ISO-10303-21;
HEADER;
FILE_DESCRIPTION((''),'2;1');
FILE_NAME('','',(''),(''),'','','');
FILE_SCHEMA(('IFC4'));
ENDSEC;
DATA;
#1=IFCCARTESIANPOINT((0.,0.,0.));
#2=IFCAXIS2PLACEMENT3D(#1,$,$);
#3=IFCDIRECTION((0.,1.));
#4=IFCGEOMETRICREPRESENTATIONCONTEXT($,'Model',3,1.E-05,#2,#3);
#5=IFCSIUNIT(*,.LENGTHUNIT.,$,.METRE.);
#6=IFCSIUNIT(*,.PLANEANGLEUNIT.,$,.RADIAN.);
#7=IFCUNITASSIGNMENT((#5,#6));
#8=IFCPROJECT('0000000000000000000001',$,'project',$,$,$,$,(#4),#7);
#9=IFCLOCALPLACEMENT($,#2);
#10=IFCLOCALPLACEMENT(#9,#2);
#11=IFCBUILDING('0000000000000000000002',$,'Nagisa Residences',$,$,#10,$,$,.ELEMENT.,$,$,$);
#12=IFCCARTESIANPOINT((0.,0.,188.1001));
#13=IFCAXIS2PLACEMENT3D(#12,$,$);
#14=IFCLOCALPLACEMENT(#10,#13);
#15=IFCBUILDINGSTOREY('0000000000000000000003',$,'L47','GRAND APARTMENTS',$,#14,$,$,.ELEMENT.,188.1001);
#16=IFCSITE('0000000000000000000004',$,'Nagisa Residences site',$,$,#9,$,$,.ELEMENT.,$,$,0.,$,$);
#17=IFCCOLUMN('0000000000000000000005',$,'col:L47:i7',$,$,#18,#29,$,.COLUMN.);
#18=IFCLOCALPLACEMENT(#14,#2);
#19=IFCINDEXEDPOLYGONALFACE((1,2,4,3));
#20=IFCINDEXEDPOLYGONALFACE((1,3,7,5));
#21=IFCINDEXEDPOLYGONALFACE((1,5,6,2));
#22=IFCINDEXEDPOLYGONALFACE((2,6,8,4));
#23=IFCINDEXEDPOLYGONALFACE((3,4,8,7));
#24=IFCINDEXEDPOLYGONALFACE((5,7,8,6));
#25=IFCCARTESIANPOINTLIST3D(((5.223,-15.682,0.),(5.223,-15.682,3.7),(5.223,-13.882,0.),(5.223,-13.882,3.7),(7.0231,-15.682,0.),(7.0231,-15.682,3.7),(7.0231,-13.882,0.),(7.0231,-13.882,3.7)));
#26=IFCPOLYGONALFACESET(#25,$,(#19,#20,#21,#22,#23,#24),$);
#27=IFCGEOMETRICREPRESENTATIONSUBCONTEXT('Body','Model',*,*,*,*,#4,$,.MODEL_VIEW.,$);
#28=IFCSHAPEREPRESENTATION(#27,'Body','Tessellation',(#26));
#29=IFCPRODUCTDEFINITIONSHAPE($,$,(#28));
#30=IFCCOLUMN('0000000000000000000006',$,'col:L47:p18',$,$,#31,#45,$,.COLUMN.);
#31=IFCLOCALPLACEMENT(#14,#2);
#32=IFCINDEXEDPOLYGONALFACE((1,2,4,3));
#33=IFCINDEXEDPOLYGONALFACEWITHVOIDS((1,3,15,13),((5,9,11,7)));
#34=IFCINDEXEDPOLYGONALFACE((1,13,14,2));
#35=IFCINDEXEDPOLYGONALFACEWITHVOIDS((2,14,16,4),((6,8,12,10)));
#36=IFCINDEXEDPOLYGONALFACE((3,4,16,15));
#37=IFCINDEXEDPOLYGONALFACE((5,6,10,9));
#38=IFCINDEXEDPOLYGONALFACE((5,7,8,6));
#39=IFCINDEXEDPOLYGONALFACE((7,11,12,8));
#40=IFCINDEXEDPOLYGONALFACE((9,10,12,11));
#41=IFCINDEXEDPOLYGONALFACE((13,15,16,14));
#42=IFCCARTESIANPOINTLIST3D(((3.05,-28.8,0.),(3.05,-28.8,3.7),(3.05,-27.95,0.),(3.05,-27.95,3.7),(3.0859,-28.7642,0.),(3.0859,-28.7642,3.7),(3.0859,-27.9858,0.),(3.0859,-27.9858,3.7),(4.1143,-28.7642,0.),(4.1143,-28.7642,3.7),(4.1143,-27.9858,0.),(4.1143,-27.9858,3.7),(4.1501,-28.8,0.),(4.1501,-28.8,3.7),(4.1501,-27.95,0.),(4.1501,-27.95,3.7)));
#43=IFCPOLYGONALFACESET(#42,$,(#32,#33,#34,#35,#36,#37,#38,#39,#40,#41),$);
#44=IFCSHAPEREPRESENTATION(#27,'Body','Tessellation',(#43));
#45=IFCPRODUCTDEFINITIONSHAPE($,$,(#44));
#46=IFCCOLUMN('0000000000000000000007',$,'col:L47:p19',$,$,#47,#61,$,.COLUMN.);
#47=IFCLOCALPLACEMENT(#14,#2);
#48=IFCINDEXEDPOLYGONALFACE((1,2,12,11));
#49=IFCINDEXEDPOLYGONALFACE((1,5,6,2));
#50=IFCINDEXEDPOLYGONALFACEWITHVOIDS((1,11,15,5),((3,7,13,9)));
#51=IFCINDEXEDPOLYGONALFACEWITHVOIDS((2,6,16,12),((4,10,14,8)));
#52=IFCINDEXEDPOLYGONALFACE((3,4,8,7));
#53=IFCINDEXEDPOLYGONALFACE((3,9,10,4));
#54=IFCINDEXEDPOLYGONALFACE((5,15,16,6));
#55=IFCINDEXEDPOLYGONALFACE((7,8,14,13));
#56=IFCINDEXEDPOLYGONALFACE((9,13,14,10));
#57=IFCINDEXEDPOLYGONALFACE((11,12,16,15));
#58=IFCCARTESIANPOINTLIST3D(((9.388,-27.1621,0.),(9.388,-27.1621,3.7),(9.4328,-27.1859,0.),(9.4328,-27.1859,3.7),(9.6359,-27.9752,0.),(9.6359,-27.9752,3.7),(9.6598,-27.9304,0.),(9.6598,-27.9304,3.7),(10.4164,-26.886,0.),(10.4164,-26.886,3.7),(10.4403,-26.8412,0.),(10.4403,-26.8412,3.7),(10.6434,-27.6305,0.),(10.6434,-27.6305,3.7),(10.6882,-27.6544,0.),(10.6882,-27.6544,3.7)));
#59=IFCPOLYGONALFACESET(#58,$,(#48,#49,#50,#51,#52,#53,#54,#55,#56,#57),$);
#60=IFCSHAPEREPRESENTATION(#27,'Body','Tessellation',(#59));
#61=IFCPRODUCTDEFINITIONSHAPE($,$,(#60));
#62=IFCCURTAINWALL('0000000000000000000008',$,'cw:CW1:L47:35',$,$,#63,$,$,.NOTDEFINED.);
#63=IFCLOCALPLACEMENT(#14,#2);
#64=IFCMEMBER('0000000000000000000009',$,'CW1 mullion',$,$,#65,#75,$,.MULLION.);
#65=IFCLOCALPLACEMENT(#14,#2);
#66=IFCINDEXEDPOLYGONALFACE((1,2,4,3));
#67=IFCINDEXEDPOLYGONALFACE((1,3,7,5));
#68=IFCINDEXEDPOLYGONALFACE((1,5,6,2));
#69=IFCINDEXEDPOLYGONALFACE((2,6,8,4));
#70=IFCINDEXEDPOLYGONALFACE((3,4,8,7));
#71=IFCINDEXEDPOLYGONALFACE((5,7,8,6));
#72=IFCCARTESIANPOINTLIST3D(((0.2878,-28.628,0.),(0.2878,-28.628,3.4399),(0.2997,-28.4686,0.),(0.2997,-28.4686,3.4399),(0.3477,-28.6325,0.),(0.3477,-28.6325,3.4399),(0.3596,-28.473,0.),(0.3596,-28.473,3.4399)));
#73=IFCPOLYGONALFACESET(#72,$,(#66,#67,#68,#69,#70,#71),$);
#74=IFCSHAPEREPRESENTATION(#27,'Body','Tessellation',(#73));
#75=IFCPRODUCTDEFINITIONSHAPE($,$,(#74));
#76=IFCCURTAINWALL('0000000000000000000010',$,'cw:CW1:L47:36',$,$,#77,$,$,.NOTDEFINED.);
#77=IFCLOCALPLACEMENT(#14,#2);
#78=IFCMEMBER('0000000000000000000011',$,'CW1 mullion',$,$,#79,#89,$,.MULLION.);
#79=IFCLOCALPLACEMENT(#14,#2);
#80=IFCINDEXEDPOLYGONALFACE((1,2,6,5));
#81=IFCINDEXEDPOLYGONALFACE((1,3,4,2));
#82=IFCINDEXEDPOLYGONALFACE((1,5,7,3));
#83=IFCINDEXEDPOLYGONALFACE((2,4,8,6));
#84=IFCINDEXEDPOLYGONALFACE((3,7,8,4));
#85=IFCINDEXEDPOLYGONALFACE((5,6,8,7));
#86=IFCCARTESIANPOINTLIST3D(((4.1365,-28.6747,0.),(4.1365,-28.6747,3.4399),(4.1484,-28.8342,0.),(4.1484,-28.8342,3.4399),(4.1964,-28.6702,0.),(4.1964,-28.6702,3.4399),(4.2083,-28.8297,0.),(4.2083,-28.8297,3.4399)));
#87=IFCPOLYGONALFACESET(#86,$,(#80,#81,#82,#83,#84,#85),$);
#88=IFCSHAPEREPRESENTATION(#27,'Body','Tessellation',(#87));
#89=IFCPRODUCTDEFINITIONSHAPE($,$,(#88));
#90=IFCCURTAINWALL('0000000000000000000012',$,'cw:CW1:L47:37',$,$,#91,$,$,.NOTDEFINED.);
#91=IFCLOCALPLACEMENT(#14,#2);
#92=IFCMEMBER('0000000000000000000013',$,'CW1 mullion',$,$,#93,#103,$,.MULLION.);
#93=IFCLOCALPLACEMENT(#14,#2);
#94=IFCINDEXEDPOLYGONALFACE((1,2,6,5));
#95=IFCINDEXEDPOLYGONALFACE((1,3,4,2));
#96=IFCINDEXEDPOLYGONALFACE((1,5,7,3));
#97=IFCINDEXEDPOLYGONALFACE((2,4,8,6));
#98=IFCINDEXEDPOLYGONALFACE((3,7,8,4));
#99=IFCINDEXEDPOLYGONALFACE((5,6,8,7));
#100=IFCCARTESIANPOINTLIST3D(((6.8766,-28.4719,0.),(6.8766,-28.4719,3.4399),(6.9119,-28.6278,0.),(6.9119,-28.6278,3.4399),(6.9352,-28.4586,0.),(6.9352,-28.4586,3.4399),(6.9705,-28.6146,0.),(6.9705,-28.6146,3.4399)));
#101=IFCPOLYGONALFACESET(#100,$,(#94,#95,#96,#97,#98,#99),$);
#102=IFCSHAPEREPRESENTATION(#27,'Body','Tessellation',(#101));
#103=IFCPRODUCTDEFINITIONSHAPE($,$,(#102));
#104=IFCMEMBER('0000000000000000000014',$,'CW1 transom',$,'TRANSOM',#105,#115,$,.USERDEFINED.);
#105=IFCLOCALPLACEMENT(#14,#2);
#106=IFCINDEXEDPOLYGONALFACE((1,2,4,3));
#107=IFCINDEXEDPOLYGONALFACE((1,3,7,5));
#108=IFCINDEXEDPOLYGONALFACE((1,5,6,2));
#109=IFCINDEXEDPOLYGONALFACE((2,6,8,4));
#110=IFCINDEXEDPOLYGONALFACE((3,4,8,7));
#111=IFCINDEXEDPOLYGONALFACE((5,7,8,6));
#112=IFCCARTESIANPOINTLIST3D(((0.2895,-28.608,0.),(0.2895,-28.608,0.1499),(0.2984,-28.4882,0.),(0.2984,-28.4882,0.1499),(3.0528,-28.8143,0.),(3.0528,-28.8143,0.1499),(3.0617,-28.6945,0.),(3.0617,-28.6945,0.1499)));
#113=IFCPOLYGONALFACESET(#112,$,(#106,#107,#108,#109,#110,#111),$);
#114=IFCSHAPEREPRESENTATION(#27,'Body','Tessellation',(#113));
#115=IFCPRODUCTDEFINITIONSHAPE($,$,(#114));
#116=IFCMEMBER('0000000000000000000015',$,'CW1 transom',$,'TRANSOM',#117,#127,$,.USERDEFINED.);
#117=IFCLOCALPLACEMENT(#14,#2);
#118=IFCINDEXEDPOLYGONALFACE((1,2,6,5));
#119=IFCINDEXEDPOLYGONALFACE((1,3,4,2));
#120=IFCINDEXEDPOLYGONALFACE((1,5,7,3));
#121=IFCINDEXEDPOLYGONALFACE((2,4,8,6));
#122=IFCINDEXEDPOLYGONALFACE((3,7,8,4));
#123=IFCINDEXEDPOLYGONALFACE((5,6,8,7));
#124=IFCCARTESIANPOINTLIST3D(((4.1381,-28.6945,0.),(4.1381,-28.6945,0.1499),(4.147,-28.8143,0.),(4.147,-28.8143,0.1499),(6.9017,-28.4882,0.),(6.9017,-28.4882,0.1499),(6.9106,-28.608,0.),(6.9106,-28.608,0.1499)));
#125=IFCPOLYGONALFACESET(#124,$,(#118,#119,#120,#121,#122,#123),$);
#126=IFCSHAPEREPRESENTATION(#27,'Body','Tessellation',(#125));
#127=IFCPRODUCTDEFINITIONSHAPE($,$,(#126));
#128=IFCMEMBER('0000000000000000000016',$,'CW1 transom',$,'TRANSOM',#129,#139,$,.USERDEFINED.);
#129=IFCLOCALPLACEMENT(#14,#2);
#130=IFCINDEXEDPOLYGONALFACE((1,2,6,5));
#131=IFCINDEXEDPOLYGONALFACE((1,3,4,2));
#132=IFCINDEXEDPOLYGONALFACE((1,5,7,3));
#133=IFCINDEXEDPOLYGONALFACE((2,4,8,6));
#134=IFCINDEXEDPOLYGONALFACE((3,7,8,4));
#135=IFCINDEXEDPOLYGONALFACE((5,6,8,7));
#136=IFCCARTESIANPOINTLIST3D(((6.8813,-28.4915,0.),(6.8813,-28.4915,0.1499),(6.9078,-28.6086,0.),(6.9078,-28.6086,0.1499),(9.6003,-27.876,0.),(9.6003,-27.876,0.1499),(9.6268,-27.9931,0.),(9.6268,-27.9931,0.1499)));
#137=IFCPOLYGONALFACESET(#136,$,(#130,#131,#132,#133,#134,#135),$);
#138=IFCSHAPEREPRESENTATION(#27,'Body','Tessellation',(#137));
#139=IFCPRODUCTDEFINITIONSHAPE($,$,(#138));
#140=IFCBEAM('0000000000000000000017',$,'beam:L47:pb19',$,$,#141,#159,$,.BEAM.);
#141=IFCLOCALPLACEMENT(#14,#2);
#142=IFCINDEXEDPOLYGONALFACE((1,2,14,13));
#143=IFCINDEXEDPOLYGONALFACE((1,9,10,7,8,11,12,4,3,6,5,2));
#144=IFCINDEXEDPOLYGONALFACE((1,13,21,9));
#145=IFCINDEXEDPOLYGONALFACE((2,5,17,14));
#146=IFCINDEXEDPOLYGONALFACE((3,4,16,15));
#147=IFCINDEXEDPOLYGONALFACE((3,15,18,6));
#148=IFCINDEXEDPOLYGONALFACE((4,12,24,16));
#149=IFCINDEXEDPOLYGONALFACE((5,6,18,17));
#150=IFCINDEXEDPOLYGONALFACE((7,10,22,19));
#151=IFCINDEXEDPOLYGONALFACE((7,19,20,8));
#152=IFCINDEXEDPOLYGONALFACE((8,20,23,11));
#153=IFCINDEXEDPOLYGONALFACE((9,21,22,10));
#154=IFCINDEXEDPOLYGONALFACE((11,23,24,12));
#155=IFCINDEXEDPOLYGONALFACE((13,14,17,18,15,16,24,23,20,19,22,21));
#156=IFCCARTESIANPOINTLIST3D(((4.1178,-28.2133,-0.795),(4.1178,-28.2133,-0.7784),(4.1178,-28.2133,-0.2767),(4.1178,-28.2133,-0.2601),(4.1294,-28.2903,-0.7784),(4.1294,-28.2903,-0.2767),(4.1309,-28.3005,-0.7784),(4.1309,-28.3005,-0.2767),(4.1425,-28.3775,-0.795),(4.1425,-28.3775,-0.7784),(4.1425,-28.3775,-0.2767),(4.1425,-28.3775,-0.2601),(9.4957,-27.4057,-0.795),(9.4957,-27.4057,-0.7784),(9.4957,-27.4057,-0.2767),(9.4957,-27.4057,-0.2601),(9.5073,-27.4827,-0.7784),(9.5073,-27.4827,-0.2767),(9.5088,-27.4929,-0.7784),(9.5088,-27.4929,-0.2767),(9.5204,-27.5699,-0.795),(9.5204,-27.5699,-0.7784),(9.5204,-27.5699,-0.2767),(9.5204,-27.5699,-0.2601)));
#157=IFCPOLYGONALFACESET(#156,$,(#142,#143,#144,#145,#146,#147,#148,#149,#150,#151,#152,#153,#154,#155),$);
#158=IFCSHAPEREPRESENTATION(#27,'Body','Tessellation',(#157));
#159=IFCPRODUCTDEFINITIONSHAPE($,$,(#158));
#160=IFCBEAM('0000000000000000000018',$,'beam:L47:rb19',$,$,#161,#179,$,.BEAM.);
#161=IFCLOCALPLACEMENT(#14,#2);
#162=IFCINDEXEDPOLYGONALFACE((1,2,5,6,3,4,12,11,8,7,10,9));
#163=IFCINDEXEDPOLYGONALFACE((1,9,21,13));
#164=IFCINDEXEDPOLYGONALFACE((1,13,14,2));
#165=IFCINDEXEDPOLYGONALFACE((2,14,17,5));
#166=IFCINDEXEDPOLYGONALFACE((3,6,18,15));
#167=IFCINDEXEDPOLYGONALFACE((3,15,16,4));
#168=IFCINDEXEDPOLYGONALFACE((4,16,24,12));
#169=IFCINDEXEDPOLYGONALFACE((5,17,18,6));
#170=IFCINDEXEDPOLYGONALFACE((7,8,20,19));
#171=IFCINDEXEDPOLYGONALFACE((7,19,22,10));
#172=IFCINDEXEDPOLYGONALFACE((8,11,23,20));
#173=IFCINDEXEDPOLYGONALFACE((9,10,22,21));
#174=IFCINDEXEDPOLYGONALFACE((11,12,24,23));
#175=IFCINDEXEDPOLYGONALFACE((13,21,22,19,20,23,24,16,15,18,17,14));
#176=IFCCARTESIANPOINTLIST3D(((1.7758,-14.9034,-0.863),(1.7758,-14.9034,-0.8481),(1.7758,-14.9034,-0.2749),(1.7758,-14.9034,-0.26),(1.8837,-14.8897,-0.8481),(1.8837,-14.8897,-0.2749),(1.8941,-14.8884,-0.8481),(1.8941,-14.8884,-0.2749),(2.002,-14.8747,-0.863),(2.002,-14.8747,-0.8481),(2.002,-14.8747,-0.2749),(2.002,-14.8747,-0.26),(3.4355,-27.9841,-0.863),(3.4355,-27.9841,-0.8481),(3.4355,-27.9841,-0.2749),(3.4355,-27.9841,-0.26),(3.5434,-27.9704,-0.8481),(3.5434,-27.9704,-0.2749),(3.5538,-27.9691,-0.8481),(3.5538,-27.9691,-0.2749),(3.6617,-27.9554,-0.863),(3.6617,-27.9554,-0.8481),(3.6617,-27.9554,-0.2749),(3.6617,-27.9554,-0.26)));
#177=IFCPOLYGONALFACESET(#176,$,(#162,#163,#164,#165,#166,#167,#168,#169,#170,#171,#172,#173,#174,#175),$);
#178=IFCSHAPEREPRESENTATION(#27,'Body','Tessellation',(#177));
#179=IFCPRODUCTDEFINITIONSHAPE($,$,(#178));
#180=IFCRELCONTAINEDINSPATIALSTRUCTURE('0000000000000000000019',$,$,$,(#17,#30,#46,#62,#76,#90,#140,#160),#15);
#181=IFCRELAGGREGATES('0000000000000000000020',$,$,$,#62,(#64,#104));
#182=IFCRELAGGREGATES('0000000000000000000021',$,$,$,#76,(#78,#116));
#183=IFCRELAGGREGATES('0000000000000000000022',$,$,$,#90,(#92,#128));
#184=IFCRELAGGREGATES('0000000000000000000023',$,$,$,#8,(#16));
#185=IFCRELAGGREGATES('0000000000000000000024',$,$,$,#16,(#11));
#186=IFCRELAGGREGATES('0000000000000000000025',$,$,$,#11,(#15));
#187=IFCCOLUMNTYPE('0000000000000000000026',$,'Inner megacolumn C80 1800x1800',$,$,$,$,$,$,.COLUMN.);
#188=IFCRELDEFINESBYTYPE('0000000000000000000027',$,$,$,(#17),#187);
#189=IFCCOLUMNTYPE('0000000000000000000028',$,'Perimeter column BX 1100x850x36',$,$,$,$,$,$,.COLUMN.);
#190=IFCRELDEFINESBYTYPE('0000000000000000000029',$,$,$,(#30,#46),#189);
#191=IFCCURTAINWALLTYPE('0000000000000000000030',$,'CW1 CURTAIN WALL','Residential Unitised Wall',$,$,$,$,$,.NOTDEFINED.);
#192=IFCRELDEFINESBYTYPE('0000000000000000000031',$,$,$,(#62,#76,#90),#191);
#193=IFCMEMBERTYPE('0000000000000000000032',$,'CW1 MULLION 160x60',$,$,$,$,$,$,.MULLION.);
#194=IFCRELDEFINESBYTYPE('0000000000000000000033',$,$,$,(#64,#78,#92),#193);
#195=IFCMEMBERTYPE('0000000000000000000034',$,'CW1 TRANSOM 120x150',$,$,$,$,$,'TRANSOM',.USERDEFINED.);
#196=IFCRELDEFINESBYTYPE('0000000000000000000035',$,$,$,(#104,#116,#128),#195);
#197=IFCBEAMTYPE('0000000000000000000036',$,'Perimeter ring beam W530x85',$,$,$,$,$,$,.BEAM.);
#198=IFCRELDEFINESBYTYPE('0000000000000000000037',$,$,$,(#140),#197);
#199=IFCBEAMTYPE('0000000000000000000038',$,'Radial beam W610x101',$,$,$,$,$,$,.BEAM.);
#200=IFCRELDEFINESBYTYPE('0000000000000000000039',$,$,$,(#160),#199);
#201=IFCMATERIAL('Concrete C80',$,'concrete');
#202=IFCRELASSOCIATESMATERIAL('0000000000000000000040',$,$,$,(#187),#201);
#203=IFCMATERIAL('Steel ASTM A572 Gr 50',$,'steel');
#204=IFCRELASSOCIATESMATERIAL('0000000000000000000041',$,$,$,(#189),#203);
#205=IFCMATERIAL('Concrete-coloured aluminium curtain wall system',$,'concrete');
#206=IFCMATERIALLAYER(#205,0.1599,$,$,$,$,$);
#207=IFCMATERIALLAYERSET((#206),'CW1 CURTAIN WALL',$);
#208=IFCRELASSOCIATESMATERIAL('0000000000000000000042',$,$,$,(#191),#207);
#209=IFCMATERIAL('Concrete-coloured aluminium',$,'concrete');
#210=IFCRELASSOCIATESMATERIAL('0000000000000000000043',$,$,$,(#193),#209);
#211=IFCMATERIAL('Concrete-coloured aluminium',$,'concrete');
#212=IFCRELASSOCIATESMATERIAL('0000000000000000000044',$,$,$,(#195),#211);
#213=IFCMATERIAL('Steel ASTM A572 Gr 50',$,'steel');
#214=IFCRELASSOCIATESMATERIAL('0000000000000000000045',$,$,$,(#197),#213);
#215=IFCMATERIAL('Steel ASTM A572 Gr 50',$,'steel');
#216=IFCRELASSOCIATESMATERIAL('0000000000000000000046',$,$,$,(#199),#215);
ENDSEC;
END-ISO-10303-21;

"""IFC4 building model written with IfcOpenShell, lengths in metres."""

from ifc_helpers import new_model, si_unit, direction, frame, origin, origin_2d, place, context, subcontext, project, spatial, rectangle, hollow_rectangle, i_section, extrude, material, layer, layer_set, material_profile, profile_set, type_object, element, aggregate, save


model = new_model("IFC4")

# Units and contexts
model_context = context("Model", 3, precision=1e-05, world=origin(), true_north=direction((0.0, 1.0)))
body_context = subcontext(model_context, "Body", "Model", "MODEL_VIEW")
ifc_project = project(units=[si_unit("LENGTHUNIT", "METRE"), si_unit("PLANEANGLEUNIT", "RADIAN")], contexts=[model_context])

# Site, building, storey
site_placement = place(None, origin())
site = spatial("IfcSite", under=ifc_project, at=site_placement, Name="Nagisa Residences site", CompositionType="ELEMENT", RefElevation=0.0)
building_placement = place(site_placement, origin())
building = spatial("IfcBuilding", under=site, at=building_placement, Name="Nagisa Residences", CompositionType="ELEMENT")
storey_placement = place(building_placement, frame((0.0, 0.0, 188.1001)))
storey = spatial("IfcBuildingStorey", under=building, at=storey_placement, Name="L47", Description="GRAND APARTMENTS", CompositionType="ELEMENT", Elevation=188.1001)

# Columns
ifc_material_1 = material(Name="Concrete C80", Category="concrete")
ifc_material_profile_1 = material_profile(ifc_material_1, rectangle(XDim=1.8, YDim=1.8, at=origin_2d()), Name="C80 1800x1800")
ifc_profile_set_1 = profile_set([ifc_material_profile_1], Name="Concrete C80")
column_type_1 = type_object("IfcColumnType", Name="Inner megacolumn C80 1800x1800", PredefinedType="COLUMN", material=ifc_profile_set_1)
column_placement = place(storey_placement, frame((6.123, -14.782, 0.0), z_axis=(0.0, 0.0, 1.0), x_axis=(1.0, 0.0, 0.0)))
element("IfcColumn", 1, at=column_placement, inside=storey, type_object=column_type_1, Name="col:L47:i7", PredefinedType="COLUMN", context=body_context, shape_type="SweptSolid", body=[
    extrude(rectangle(XDim=1.8, YDim=1.8, at=origin_2d()), origin(), (0.0, 0.0, 1.0), 3.7),
])
ifc_material_2 = material(Name="Steel ASTM A572 Gr 50", Category="steel")
ifc_material_profile_2 = material_profile(ifc_material_2, hollow_rectangle(XDim=1.1001, YDim=0.8501, WallThickness=0.0359, at=origin_2d()), Name="BX 1100x850x36")
ifc_profile_set_2 = profile_set([ifc_material_profile_2], Name="Steel ASTM A572 Gr 50")
column_type_2 = type_object("IfcColumnType", Name="Perimeter column BX 1100x850x36", PredefinedType="COLUMN", material=ifc_profile_set_2)
for number, where, z_axis, x_axis, name in (
    (2, (3.6001, -28.375, 0.0), (0.0, 0.0, 1.0), (1.0, 0.0, 0.0), "col:L47:p18"),
    (3, (10.0381, -27.4082, 0.0), (0.0, 0.0, 1.0), (0.956525, 0.291652, 0.0), "col:L47:p19"),
):
    element("IfcColumn", number, at=place(storey_placement, frame(where, z_axis=z_axis, x_axis=x_axis)), inside=storey, type_object=column_type_2, Name=name, PredefinedType="COLUMN", context=body_context, shape_type="SweptSolid", body=[
        extrude(hollow_rectangle(XDim=1.1001, YDim=0.8501, WallThickness=0.0359, at=origin_2d()), origin(), (0.0, 0.0, 1.0), 3.7),
    ])

# Curtain walls, members
ifc_material_3 = material(Name="Concrete-coloured aluminium curtain wall system", Category="concrete")
ifc_layer_1 = layer(ifc_material_3, 0.1599)
ifc_layer_set_1 = layer_set([ifc_layer_1], Name="CW1 CURTAIN WALL")
curtain_wall_type = type_object("IfcCurtainWallType", Name="CW1 CURTAIN WALL", Description="Residential Unitised Wall", PredefinedType="NOTDEFINED", material=ifc_layer_set_1)
curtain_wall_1_placement = place(storey_placement, origin())
curtain_wall_1 = element("IfcCurtainWall", 4, at=curtain_wall_1_placement, inside=storey, type_object=curtain_wall_type, Name="cw:CW1:L47:35", PredefinedType="NOTDEFINED")
ifc_material_4 = material(Name="Concrete-coloured aluminium", Category="concrete")
ifc_material_profile_3 = material_profile(ifc_material_4, rectangle(XDim=0.1599, YDim=0.0601, at=origin_2d()), Name="CW1 MULLION 160x60")
ifc_profile_set_3 = profile_set([ifc_material_profile_3], Name="Concrete-coloured aluminium")
member_type_1 = type_object("IfcMemberType", Name="CW1 MULLION 160x60", PredefinedType="MULLION", material=ifc_profile_set_3)
member_1_placement = place(storey_placement, frame((0.3237, -28.5505, 0.0), z_axis=(0.0, 0.0, 1.0), x_axis=(0.074377, 0.99723, 0.0)))
member_1 = element("IfcMember", 5, at=member_1_placement, type_object=member_type_1, Name="CW1 mullion", PredefinedType="MULLION", context=body_context, shape_type="SweptSolid", body=[
    extrude(rectangle(XDim=0.1599, YDim=0.0601, at=origin_2d()), origin(), (0.0, 0.0, 1.0), 3.4399),
])
curtain_wall_2_placement = place(storey_placement, origin())
curtain_wall_2 = element("IfcCurtainWall", 6, at=curtain_wall_2_placement, inside=storey, type_object=curtain_wall_type, Name="cw:CW1:L47:36", PredefinedType="NOTDEFINED")
member_2_placement = place(storey_placement, frame((4.1724, -28.7522, 0.0), z_axis=(0.0, 0.0, 1.0), x_axis=(-0.074377, 0.99723, 0.0)))
member_2 = element("IfcMember", 7, at=member_2_placement, type_object=member_type_1, Name="CW1 mullion", PredefinedType="MULLION", context=body_context, shape_type="SweptSolid", body=[
    extrude(rectangle(XDim=0.1599, YDim=0.0601, at=origin_2d()), origin(), (0.0, 0.0, 1.0), 3.4399),
])
curtain_wall_3_placement = place(storey_placement, origin())
curtain_wall_3 = element("IfcCurtainWall", 8, at=curtain_wall_3_placement, inside=storey, type_object=curtain_wall_type, Name="cw:CW1:L47:37", PredefinedType="NOTDEFINED")
member_3_placement = place(storey_placement, frame((6.9236, -28.5432, 0.0), z_axis=(0.0, 0.0, 1.0), x_axis=(-0.220764, 0.975327, 0.0)))
member_3 = element("IfcMember", 9, at=member_3_placement, type_object=member_type_1, Name="CW1 mullion", PredefinedType="MULLION", context=body_context, shape_type="SweptSolid", body=[
    extrude(rectangle(XDim=0.1599, YDim=0.0601, at=origin_2d()), origin(), (0.0, 0.0, 1.0), 3.4399),
])

# Members
ifc_material_5 = material(Name="Concrete-coloured aluminium", Category="concrete")
ifc_material_profile_4 = material_profile(ifc_material_5, rectangle(XDim=0.1201, YDim=0.1499, at=origin_2d()), Name="CW1 TRANSOM 120x150")
ifc_profile_set_4 = profile_set([ifc_material_profile_4], Name="Concrete-coloured aluminium")
member_type_2 = type_object("IfcMemberType", Name="CW1 TRANSOM 120x150", ElementType="TRANSOM", PredefinedType="USERDEFINED", material=ifc_profile_set_4)
member_4_placement = place(storey_placement, frame((0.2939, -28.5481, 0.075), z_axis=(0.997225, -0.074446, 0.0), x_axis=(0.074446, 0.997225, 0.0)))
member_4 = element("IfcMember", 10, at=member_4_placement, type_object=member_type_2, Name="CW1 transom", ObjectType="TRANSOM", PredefinedType="USERDEFINED", context=body_context, shape_type="SweptSolid", body=[
    extrude(rectangle(XDim=0.1201, YDim=0.1499, at=origin_2d()), origin(), (0.0, 0.0, 1.0), 2.771),
])
member_5_placement = place(storey_placement, frame((4.1426, -28.7544, 0.075), z_axis=(0.997226, 0.07444, 0.0), x_axis=(-0.07444, 0.997226, 0.0)))
member_5 = element("IfcMember", 11, at=member_5_placement, type_object=member_type_2, Name="CW1 transom", ObjectType="TRANSOM", PredefinedType="USERDEFINED", context=body_context, shape_type="SweptSolid", body=[
    extrude(rectangle(XDim=0.1201, YDim=0.1499, at=origin_2d()), origin(), (0.0, 0.0, 1.0), 2.7712),
])
member_6_placement = place(storey_placement, frame((6.8945, -28.55, 0.075), z_axis=(0.975324, 0.220777, 0.0), x_axis=(-0.220777, 0.975324, 0.0)))
member_6 = element("IfcMember", 12, at=member_6_placement, type_object=member_type_2, Name="CW1 transom", ObjectType="TRANSOM", PredefinedType="USERDEFINED", context=body_context, shape_type="SweptSolid", body=[
    extrude(rectangle(XDim=0.1201, YDim=0.1499, at=origin_2d()), origin(), (0.0, 0.0, 1.0), 2.7878),
])

# Beams
ifc_material_6 = material(Name="Steel ASTM A572 Gr 50", Category="steel")
ifc_material_profile_5 = material_profile(ifc_material_6, i_section(OverallWidth=0.166, OverallDepth=0.5349, WebThickness=0.0103, FlangeThickness=0.0166, at=origin_2d()), Name="W530x85")
ifc_profile_set_5 = profile_set([ifc_material_profile_5], Name="Steel ASTM A572 Gr 50")
beam_type_1 = type_object("IfcBeamType", Name="Perimeter ring beam W530x85", PredefinedType="BEAM", material=ifc_profile_set_5)
beam_1_placement = place(storey_placement, frame((4.1301, -28.2954, -0.5276), z_axis=(0.988911, 0.148507, 0.0), x_axis=(-0.148507, 0.988911, 0.0)))
element("IfcBeam", 13, at=beam_1_placement, inside=storey, type_object=beam_type_1, Name="beam:L47:pb19", PredefinedType="BEAM", context=body_context, shape_type="SweptSolid", body=[
    extrude(i_section(OverallWidth=0.166, OverallDepth=0.5349, WebThickness=0.0103, FlangeThickness=0.0166, at=origin_2d()), origin(), (0.0, 0.0, 1.0), 5.4382),
])
ifc_material_7 = material(Name="Steel ASTM A572 Gr 50", Category="steel")
ifc_material_profile_6 = material_profile(ifc_material_7, i_section(OverallWidth=0.228, OverallDepth=0.603, WebThickness=0.0105, FlangeThickness=0.0149, at=origin_2d()), Name="W610x101")
ifc_profile_set_6 = profile_set([ifc_material_profile_6], Name="Steel ASTM A572 Gr 50")
beam_type_2 = type_object("IfcBeamType", Name="Radial beam W610x101", PredefinedType="BEAM", material=ifc_profile_set_6)
beam_2_placement = place(storey_placement, frame((3.5486, -27.9697, -0.5615), z_axis=(-0.125871, 0.992047, 0.0), x_axis=(-0.992047, -0.125871, 0.0)))
element("IfcBeam", 14, at=beam_2_placement, inside=storey, type_object=beam_type_2, Name="beam:L47:rb19", PredefinedType="BEAM", context=body_context, shape_type="SweptSolid", body=[
    extrude(i_section(OverallWidth=0.228, OverallDepth=0.603, WebThickness=0.0105, FlangeThickness=0.0149, at=origin_2d()), origin(), (0.0, 0.0, 1.0), 13.1855),
])

aggregate(curtain_wall_1, [member_1, member_4])
aggregate(curtain_wall_2, [member_2, member_5])
aggregate(curtain_wall_3, [member_3, member_6])

save(model, "model.ifc")
